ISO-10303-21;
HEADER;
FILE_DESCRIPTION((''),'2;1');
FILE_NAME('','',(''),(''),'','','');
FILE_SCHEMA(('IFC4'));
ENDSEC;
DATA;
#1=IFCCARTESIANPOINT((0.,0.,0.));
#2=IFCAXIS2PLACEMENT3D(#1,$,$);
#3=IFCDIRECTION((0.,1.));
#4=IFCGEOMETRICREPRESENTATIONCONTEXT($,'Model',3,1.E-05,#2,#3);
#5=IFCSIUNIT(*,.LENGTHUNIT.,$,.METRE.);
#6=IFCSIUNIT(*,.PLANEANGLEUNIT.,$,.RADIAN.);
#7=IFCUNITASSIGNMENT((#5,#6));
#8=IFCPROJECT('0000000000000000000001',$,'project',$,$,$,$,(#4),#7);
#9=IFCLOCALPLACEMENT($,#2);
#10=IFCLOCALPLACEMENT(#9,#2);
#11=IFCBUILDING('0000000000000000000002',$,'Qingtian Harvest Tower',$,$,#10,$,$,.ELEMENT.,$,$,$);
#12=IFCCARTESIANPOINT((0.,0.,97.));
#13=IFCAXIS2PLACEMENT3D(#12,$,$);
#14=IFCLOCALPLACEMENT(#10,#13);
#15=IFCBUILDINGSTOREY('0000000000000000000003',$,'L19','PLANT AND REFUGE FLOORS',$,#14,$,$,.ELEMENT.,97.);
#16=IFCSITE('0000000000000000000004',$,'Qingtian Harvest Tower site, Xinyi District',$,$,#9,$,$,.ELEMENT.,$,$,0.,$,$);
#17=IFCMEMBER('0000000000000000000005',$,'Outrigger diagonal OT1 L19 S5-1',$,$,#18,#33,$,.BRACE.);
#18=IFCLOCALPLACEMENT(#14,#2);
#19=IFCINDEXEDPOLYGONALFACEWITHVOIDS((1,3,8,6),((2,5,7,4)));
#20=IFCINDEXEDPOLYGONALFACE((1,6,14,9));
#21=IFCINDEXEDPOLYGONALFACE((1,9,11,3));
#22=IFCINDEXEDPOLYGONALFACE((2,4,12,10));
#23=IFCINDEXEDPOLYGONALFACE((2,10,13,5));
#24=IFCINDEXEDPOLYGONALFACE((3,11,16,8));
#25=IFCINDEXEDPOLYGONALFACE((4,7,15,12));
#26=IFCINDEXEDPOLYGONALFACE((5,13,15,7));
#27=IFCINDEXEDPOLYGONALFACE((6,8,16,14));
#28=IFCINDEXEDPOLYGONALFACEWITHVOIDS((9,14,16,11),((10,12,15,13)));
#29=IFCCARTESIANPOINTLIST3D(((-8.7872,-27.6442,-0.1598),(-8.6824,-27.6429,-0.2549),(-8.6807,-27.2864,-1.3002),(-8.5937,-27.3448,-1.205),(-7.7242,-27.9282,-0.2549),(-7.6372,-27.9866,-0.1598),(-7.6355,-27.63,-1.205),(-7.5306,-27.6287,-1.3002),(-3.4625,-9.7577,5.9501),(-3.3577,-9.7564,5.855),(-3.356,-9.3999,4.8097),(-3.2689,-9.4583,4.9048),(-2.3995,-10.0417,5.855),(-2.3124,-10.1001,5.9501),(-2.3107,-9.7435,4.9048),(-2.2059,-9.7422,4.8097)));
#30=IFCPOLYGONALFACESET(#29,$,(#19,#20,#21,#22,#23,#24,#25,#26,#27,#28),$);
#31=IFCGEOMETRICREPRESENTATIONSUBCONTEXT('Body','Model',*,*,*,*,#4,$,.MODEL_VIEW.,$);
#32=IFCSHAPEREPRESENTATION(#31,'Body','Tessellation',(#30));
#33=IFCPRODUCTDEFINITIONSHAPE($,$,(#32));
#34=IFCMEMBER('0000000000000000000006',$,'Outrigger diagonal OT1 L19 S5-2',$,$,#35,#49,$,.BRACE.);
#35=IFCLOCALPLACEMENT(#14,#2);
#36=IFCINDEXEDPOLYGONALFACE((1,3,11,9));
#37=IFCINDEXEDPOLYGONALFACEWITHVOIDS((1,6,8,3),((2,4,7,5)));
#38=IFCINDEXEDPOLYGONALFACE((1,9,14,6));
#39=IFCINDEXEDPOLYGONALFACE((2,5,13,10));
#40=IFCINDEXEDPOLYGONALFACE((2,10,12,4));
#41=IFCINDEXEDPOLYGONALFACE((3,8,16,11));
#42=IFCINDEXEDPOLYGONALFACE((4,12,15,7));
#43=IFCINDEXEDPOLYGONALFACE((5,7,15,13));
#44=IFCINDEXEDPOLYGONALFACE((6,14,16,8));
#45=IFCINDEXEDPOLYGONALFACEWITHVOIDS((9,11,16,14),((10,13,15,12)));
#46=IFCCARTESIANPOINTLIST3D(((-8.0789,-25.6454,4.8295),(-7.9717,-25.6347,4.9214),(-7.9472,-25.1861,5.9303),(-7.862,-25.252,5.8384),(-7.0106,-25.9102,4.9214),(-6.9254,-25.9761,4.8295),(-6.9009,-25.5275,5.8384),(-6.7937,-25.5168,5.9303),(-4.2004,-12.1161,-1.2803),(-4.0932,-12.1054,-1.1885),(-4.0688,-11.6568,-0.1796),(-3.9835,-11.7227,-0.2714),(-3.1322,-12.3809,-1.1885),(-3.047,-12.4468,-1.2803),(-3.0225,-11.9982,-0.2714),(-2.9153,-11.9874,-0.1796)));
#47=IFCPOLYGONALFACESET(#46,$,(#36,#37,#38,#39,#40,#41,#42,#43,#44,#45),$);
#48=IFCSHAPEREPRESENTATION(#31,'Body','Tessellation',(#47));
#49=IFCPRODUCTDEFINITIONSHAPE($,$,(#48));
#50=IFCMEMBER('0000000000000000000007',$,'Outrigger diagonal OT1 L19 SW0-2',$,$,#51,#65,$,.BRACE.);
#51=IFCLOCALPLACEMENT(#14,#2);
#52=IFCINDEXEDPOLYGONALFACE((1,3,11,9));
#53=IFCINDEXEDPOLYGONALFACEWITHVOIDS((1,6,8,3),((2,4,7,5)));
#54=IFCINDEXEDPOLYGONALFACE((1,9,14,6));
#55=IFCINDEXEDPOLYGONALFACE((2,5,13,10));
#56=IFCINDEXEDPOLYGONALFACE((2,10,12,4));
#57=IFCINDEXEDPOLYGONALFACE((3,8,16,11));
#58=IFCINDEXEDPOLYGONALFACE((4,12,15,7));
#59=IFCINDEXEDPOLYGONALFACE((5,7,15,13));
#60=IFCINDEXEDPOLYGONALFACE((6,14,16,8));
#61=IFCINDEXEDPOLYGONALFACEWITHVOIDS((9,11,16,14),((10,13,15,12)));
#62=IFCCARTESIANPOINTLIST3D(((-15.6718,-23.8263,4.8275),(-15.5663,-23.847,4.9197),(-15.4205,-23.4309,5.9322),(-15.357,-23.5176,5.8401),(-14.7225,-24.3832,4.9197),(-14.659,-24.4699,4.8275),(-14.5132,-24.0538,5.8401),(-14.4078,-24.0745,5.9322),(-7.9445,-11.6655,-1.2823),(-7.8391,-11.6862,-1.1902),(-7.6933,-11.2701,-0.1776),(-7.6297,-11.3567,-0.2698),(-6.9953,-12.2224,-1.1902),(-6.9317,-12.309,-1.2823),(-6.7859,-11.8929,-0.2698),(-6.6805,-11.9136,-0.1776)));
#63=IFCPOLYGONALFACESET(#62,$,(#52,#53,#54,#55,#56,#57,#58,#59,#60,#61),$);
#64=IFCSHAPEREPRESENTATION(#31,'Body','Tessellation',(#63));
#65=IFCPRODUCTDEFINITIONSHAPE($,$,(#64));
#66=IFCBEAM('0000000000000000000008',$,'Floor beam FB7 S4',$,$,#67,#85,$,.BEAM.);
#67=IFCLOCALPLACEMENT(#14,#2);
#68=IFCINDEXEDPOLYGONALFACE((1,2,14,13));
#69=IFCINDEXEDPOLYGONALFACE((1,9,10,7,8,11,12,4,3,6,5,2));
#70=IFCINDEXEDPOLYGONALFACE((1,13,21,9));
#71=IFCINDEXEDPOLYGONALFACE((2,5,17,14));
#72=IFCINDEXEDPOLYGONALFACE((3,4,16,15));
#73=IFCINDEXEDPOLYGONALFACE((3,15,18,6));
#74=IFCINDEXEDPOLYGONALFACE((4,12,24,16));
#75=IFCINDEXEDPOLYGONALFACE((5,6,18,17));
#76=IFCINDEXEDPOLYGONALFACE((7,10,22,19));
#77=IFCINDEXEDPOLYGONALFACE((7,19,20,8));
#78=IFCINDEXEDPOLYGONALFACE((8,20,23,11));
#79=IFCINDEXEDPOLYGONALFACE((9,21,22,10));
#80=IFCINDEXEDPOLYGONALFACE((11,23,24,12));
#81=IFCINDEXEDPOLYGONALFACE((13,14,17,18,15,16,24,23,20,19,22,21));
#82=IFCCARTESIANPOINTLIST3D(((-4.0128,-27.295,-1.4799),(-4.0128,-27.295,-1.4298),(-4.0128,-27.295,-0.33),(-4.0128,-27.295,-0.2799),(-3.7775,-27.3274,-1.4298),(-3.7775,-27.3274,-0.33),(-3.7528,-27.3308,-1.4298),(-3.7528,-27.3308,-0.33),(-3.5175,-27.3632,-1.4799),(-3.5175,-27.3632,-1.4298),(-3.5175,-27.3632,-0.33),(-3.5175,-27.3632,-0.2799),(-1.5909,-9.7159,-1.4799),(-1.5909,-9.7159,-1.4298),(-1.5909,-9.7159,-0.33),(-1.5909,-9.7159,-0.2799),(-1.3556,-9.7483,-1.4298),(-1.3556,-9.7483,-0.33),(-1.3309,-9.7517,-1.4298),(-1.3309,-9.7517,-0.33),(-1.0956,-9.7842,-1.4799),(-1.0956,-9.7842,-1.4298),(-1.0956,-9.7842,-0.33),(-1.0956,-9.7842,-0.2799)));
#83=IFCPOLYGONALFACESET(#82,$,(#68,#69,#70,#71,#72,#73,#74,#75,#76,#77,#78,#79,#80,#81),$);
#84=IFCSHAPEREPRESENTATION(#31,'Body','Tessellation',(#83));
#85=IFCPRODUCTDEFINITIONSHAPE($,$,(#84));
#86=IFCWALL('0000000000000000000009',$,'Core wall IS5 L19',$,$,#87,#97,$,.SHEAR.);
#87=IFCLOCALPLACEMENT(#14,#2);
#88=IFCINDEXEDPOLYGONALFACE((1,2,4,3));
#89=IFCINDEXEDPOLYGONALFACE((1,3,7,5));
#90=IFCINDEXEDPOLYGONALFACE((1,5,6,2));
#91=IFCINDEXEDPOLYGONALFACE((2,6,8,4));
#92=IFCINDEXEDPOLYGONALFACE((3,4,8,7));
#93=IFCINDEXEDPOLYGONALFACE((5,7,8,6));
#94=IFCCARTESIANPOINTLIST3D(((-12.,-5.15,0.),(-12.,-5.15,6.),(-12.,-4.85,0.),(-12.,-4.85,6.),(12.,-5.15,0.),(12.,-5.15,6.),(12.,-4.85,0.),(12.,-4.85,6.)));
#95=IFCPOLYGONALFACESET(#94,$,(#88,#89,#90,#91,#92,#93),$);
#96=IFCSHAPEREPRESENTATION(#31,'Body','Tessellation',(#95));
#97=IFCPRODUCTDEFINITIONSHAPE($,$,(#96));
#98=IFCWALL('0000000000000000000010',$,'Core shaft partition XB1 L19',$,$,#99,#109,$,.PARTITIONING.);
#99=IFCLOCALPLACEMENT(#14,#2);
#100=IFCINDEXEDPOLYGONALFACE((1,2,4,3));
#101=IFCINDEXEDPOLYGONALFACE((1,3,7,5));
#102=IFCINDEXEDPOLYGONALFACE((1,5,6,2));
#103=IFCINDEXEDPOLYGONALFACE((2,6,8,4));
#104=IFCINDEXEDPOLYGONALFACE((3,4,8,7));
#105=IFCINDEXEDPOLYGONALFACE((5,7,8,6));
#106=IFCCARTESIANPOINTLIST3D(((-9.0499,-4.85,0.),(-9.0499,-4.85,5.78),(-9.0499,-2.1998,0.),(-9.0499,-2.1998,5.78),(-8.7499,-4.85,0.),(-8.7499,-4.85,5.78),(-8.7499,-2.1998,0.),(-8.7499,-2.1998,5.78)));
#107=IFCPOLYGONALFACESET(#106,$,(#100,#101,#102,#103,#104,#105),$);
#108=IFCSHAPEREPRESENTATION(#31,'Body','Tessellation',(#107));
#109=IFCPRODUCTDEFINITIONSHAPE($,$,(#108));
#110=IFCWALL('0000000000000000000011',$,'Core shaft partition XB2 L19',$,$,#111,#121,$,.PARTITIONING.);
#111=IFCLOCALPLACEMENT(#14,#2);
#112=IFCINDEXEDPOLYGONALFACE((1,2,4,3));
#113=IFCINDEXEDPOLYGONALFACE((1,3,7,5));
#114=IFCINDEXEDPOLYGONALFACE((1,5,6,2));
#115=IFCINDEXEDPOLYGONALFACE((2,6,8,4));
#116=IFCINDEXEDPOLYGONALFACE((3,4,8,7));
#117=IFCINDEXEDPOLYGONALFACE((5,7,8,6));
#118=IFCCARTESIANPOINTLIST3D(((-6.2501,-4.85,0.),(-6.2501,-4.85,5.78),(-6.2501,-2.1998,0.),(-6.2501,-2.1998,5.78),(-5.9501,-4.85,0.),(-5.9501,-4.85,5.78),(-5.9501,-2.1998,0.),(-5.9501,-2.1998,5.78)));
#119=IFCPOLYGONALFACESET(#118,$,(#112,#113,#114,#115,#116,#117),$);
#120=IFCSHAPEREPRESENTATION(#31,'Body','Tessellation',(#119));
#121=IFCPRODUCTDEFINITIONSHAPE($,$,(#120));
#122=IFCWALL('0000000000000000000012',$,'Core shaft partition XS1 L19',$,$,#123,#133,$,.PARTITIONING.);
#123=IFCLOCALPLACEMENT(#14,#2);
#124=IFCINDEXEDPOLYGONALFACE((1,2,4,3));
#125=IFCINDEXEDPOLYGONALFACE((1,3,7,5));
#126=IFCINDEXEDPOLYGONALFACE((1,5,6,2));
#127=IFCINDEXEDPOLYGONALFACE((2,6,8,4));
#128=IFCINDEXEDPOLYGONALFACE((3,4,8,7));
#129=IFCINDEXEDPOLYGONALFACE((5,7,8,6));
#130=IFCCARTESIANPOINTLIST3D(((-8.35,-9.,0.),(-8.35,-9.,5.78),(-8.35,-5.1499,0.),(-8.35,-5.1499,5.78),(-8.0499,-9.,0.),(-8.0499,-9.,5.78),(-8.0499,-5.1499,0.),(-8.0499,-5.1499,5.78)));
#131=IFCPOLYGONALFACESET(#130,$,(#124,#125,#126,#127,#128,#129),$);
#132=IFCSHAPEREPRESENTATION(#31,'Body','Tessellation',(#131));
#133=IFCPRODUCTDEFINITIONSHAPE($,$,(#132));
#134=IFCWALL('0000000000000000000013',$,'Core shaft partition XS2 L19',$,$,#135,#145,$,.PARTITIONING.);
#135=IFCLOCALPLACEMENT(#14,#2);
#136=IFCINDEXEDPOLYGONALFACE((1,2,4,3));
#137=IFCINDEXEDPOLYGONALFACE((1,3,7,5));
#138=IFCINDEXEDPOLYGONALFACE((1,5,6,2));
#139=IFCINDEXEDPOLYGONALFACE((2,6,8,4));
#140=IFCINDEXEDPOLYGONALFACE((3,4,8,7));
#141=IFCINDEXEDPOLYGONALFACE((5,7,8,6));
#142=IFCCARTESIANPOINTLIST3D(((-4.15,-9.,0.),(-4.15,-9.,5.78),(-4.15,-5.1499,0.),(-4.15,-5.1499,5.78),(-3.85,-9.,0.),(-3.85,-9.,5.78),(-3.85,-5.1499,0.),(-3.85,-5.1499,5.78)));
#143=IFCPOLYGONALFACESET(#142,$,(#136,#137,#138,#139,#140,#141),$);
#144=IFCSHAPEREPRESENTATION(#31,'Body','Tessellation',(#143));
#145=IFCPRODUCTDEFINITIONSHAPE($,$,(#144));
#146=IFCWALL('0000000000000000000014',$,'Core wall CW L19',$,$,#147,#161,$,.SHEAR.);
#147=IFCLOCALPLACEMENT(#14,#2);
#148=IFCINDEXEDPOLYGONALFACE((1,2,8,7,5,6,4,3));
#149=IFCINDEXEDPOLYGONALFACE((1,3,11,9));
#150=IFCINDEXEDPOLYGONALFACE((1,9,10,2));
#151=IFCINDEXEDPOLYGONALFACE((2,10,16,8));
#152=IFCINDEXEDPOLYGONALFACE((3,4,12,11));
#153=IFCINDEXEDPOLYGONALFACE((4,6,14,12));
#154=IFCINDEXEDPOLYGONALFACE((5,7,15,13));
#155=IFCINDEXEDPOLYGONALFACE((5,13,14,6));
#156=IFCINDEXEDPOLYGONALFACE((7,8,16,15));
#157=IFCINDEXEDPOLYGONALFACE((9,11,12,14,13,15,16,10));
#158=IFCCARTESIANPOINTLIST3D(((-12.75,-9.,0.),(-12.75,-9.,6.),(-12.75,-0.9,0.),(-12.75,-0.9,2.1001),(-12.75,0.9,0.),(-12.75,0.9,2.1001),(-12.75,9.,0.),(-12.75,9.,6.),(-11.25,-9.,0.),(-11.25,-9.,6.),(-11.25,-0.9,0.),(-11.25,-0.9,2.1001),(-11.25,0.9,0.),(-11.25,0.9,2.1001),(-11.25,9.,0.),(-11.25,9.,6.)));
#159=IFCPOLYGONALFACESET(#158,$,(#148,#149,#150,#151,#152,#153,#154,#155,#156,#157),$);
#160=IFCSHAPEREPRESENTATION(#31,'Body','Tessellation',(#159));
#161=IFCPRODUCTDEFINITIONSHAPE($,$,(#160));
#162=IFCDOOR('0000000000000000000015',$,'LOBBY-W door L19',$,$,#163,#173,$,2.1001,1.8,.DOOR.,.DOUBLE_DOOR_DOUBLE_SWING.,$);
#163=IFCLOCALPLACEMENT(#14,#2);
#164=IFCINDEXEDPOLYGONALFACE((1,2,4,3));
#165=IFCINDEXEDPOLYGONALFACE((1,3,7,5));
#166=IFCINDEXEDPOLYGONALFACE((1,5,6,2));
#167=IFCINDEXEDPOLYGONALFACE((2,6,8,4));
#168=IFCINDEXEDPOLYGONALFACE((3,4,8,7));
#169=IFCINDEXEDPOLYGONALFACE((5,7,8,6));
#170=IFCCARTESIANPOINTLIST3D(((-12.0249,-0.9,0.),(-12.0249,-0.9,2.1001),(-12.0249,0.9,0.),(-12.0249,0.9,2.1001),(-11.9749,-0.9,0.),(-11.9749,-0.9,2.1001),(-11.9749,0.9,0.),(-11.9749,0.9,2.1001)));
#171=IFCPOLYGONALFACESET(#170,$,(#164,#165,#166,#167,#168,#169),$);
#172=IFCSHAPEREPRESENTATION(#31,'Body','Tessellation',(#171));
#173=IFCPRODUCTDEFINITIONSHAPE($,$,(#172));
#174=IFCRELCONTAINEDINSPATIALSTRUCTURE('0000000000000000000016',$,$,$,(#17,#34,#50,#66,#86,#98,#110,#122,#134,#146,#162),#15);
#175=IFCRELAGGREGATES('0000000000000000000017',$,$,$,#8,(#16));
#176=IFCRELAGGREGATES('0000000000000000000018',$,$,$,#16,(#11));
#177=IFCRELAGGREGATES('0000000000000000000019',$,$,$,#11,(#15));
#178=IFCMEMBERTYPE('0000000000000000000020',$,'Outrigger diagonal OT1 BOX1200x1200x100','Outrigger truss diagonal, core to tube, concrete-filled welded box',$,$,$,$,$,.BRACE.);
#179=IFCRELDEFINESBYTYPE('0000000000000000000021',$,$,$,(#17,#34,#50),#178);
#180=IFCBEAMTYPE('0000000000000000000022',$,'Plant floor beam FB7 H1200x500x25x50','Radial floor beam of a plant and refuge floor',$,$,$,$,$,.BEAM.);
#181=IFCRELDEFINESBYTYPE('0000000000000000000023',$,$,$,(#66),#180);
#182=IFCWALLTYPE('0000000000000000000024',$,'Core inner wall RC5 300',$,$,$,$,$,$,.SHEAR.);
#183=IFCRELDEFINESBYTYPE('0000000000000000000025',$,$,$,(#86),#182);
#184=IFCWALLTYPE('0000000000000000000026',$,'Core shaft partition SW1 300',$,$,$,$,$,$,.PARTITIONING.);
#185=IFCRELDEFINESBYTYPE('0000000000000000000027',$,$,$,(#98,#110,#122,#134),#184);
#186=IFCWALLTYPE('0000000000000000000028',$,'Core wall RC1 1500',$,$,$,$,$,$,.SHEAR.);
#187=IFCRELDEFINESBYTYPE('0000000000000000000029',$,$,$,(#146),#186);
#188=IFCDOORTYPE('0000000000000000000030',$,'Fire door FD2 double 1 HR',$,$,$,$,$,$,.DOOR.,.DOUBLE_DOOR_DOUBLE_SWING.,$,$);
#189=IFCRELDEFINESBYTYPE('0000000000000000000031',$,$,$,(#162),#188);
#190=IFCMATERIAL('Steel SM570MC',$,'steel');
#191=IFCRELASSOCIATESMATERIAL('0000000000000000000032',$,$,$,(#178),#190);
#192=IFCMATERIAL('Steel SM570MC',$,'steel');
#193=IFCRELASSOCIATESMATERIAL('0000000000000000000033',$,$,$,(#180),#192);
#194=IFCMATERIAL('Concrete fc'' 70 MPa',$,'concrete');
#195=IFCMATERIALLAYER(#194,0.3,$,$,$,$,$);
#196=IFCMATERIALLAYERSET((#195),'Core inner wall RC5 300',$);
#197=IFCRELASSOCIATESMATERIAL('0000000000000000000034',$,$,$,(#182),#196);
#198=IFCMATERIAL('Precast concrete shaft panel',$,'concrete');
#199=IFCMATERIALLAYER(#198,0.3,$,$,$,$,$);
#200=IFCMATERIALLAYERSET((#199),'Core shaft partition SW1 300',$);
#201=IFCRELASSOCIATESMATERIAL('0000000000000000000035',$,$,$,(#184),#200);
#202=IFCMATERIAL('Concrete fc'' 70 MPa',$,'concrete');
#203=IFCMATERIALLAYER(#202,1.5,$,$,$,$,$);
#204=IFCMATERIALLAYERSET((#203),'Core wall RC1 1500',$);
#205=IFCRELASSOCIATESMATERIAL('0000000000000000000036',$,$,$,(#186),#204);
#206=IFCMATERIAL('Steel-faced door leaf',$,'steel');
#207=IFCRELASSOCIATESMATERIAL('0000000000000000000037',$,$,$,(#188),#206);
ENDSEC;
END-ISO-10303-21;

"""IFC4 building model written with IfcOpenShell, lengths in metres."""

from ifc_helpers import new_model, si_unit, direction, frame, frame_2d, origin, origin_2d, place, context, subcontext, project, spatial, rectangle, hollow_rectangle, i_section, extrude, material, layer, layer_set, material_profile, profile_set, type_object, element, fill, save


model = new_model("IFC4")

# Units and contexts
model_context = context("Model", 3, precision=1e-05, world=origin(), true_north=direction((0.0, 1.0)))
body_context = subcontext(model_context, "Body", "Model", "MODEL_VIEW")
ifc_project = project(units=[si_unit("LENGTHUNIT", "METRE"), si_unit("PLANEANGLEUNIT", "RADIAN")], contexts=[model_context])

# Site, building, storey
site_placement = place(None, origin())
site = spatial("IfcSite", under=ifc_project, at=site_placement, Name="Qingtian Harvest Tower site, Xinyi District", CompositionType="ELEMENT", RefElevation=0.0)
building_placement = place(site_placement, origin())
building = spatial("IfcBuilding", under=site, at=building_placement, Name="Qingtian Harvest Tower", CompositionType="ELEMENT")
storey_placement = place(building_placement, frame((0.0, 0.0, 97.0)))
storey = spatial("IfcBuildingStorey", under=building, at=storey_placement, Name="L19", Description="PLANT AND REFUGE FLOORS", CompositionType="ELEMENT", Elevation=97.0)

# Members
ifc_material_1 = material(Name="Steel SM570MC", Category="steel")
ifc_material_profile_1 = material_profile(ifc_material_1, hollow_rectangle(XDim=1.2, YDim=1.2, WallThickness=0.1001, at=origin_2d()), Name="BOX1200x1200x100")
ifc_profile_set_1 = profile_set([ifc_material_profile_1], Name="Steel SM570MC")
member_type_1 = type_object("IfcMemberType", Name="Outrigger diagonal OT1 BOX1200x1200x100", Description="Outrigger truss diagonal, core to tube, concrete-filled welded box", PredefinedType="BRACE", material=ifc_profile_set_1)
member_1_placement = place(storey_placement, frame((-8.1589, -27.6365, -0.73), z_axis=(0.271158, 0.910859, 0.311142), x_axis=(-0.958432, 0.28532, 0.0)))
element("IfcMember", 1, at=member_1_placement, inside=storey, type_object=member_type_1, Name="Outrigger diagonal OT1 L19 S5-1", PredefinedType="BRACE", context=body_context, shape_type="SweptSolid", body=[
    extrude(hollow_rectangle(XDim=1.2, YDim=1.2, WallThickness=0.1001, at=origin_2d()), origin(), (0.0, 0.0, 1.0), 19.637),
])
member_2_placement = place(storey_placement, frame((-3.5579, -12.0518, -0.73), z_axis=(-0.252777, -0.881777, 0.398213), x_axis=(0.961281, -0.275569, 0.0)))
element("IfcMember", 2, at=member_2_placement, inside=storey, type_object=member_type_1, Name="Outrigger diagonal OT1 L19 S5-2", PredefinedType="BRACE", context=body_context, shape_type="SweptSolid", body=[
    extrude(hollow_rectangle(XDim=1.2, YDim=1.2, WallThickness=0.1001, at=origin_2d()), origin(), (0.0, 0.0, 1.0), 15.3433),
])
member_3_placement = place(storey_placement, frame((-7.3125, -11.7896, -0.73), z_axis=(-0.493751, -0.777044, 0.390402), x_axis=(0.844021, -0.53631, 0.0)))
element("IfcMember", 3, at=member_3_placement, inside=storey, type_object=member_type_1, Name="Outrigger diagonal OT1 L19 SW0-2", PredefinedType="BRACE", context=body_context, shape_type="SweptSolid", body=[
    extrude(hollow_rectangle(XDim=1.2, YDim=1.2, WallThickness=0.1001, at=origin_2d()), origin(), (0.0, 0.0, 1.0), 15.6501),
])

# Beam
ifc_material_2 = material(Name="Steel SM570MC", Category="steel")
ifc_material_profile_2 = material_profile(ifc_material_2, i_section(OverallWidth=0.5, OverallDepth=1.2, WebThickness=0.0249, FlangeThickness=0.05, at=origin_2d()), Name="H1200x500x25x50")
ifc_profile_set_2 = profile_set([ifc_material_profile_2], Name="Steel SM570MC")
beam_type_1 = type_object("IfcBeamType", Name="Plant floor beam FB7 H1200x500x25x50", Description="Radial floor beam of a plant and refuge floor", PredefinedType="BEAM", material=ifc_profile_set_2)
beam_1_placement = place(storey_placement, frame((-3.7651, -27.3291, -0.8799), z_axis=(0.136481, 0.990643, 0.0), x_axis=(-0.990643, 0.136481, 0.0)))
element("IfcBeam", 4, at=beam_1_placement, inside=storey, type_object=beam_type_1, Name="Floor beam FB7 S4", PredefinedType="BEAM", context=body_context, shape_type="SweptSolid", body=[
    extrude(i_section(OverallWidth=0.5, OverallDepth=1.2, WebThickness=0.0249, FlangeThickness=0.05, at=origin_2d()), origin(), (0.0, 0.0, 1.0), 17.7451),
])

# Walls
ifc_material_3 = material(Name="Concrete fc' 70 MPa", Category="concrete")
ifc_layer_1 = layer(ifc_material_3, 0.3)
ifc_layer_set_1 = layer_set([ifc_layer_1], Name="Core inner wall RC5 300")
wall_type_1 = type_object("IfcWallType", Name="Core inner wall RC5 300", PredefinedType="SHEAR", material=ifc_layer_set_1)
wall_1_placement = place(storey_placement, frame((-12.0, -5.0, 0.0), z_axis=(0.0, 0.0, 1.0), x_axis=(1.0, 0.0, 0.0)))
element("IfcWall", 5, at=wall_1_placement, inside=storey, type_object=wall_type_1, Name="Core wall IS5 L19", PredefinedType="SHEAR", context=body_context, shape_type="SweptSolid", body=[
    extrude(rectangle(XDim=24.0, YDim=0.3, at=frame_2d((12.0, 0.0))), origin(), (0.0, 0.0, 1.0), 6.0),
])
ifc_material_4 = material(Name="Precast concrete shaft panel", Category="concrete")
ifc_layer_2 = layer(ifc_material_4, 0.3)
ifc_layer_set_2 = layer_set([ifc_layer_2], Name="Core shaft partition SW1 300")
wall_type_2 = type_object("IfcWallType", Name="Core shaft partition SW1 300", PredefinedType="PARTITIONING", material=ifc_layer_set_2)
for number, where, z_axis, x_axis, name in (
    (6, (-8.8999, -4.8501, 0.0), (0.0, 0.0, 1.0), (0.0, 1.0, 0.0), "Core shaft partition XB1 L19"),
    (7, (-6.1001, -4.8501, 0.0), (0.0, 0.0, 1.0), (0.0, 1.0, 0.0), "Core shaft partition XB2 L19"),
):
    element("IfcWall", number, at=place(storey_placement, frame(where, z_axis=z_axis, x_axis=x_axis)), inside=storey, type_object=wall_type_2, Name=name, PredefinedType="PARTITIONING", context=body_context, shape_type="SweptSolid", body=[
        extrude(rectangle(XDim=2.6501, YDim=0.3, at=frame_2d((1.3252, 0.0))), origin(), (0.0, 0.0, 1.0), 5.78),
    ])
for number, where, z_axis, x_axis, name in (
    (8, (-8.2, -9.0, 0.0), (0.0, 0.0, 1.0), (0.0, 1.0, 0.0), "Core shaft partition XS1 L19"),
    (9, (-4.0, -9.0, 0.0), (0.0, 0.0, 1.0), (0.0, 1.0, 0.0), "Core shaft partition XS2 L19"),
):
    element("IfcWall", number, at=place(storey_placement, frame(where, z_axis=z_axis, x_axis=x_axis)), inside=storey, type_object=wall_type_2, Name=name, PredefinedType="PARTITIONING", context=body_context, shape_type="SweptSolid", body=[
        extrude(rectangle(XDim=3.8501, YDim=0.3, at=frame_2d((1.925, 0.0))), origin(), (0.0, 0.0, 1.0), 5.78),
    ])

# Wall, opening, door
ifc_material_5 = material(Name="Concrete fc' 70 MPa", Category="concrete")
ifc_layer_3 = layer(ifc_material_5, 1.5)
ifc_layer_set_3 = layer_set([ifc_layer_3], Name="Core wall RC1 1500")
wall_type_3 = type_object("IfcWallType", Name="Core wall RC1 1500", PredefinedType="SHEAR", material=ifc_layer_set_3)
wall_2_placement = place(storey_placement, frame((-12.0, -9.0, 0.0), z_axis=(0.0, 0.0, 1.0), x_axis=(0.0, 1.0, 0.0)))
wall_2 = element("IfcWall", 10, at=wall_2_placement, inside=storey, type_object=wall_type_3, Name="Core wall CW L19", PredefinedType="SHEAR", context=body_context, shape_type="SweptSolid", body=[
    extrude(rectangle(XDim=18.0, YDim=1.5, at=frame_2d((9.0, 0.0))), origin(), (0.0, 0.0, 1.0), 6.0),
])
opening_1_placement = place(wall_2_placement, frame((8.1001, 0.0, 0.0)))
opening_1 = element("IfcOpeningElement", 11, at=opening_1_placement, cuts=wall_2, PredefinedType="OPENING", context=body_context, shape_type="SweptSolid", body=[
    extrude(rectangle(XDim=1.8, YDim=2.1001, at=frame_2d((0.8999, 1.05))), frame((0.0, 0.76, 0.0), z_axis=(0.0, -1.0, 0.0), x_axis=(1.0, 0.0, 0.0)), (0.0, 0.0, 1.0), 1.52),
])
ifc_material_6 = material(Name="Steel-faced door leaf", Category="steel")
door_type_1 = type_object("IfcDoorType", Name="Fire door FD2 double 1 HR", OperationType="DOUBLE_DOOR_DOUBLE_SWING", PredefinedType="DOOR", material=ifc_material_6)
door_1_placement = place(opening_1_placement, origin())
door_1 = element("IfcDoor", 12, at=door_1_placement, inside=storey, type_object=door_type_1, Name="LOBBY-W door L19", OperationType="DOUBLE_DOOR_DOUBLE_SWING", OverallHeight=2.1001, OverallWidth=1.8, PredefinedType="DOOR", context=body_context, shape_type="SweptSolid", body=[
    extrude(rectangle(XDim=1.8, YDim=2.1001, at=frame_2d((0.8999, 1.05))), frame((0.0, 0.0249, 0.0), z_axis=(0.0, -1.0, 0.0), x_axis=(1.0, 0.0, 0.0)), (0.0, 0.0, 1.0), 0.05),
])
fill(opening_1, door_1)

save(model, "model.ifc")
